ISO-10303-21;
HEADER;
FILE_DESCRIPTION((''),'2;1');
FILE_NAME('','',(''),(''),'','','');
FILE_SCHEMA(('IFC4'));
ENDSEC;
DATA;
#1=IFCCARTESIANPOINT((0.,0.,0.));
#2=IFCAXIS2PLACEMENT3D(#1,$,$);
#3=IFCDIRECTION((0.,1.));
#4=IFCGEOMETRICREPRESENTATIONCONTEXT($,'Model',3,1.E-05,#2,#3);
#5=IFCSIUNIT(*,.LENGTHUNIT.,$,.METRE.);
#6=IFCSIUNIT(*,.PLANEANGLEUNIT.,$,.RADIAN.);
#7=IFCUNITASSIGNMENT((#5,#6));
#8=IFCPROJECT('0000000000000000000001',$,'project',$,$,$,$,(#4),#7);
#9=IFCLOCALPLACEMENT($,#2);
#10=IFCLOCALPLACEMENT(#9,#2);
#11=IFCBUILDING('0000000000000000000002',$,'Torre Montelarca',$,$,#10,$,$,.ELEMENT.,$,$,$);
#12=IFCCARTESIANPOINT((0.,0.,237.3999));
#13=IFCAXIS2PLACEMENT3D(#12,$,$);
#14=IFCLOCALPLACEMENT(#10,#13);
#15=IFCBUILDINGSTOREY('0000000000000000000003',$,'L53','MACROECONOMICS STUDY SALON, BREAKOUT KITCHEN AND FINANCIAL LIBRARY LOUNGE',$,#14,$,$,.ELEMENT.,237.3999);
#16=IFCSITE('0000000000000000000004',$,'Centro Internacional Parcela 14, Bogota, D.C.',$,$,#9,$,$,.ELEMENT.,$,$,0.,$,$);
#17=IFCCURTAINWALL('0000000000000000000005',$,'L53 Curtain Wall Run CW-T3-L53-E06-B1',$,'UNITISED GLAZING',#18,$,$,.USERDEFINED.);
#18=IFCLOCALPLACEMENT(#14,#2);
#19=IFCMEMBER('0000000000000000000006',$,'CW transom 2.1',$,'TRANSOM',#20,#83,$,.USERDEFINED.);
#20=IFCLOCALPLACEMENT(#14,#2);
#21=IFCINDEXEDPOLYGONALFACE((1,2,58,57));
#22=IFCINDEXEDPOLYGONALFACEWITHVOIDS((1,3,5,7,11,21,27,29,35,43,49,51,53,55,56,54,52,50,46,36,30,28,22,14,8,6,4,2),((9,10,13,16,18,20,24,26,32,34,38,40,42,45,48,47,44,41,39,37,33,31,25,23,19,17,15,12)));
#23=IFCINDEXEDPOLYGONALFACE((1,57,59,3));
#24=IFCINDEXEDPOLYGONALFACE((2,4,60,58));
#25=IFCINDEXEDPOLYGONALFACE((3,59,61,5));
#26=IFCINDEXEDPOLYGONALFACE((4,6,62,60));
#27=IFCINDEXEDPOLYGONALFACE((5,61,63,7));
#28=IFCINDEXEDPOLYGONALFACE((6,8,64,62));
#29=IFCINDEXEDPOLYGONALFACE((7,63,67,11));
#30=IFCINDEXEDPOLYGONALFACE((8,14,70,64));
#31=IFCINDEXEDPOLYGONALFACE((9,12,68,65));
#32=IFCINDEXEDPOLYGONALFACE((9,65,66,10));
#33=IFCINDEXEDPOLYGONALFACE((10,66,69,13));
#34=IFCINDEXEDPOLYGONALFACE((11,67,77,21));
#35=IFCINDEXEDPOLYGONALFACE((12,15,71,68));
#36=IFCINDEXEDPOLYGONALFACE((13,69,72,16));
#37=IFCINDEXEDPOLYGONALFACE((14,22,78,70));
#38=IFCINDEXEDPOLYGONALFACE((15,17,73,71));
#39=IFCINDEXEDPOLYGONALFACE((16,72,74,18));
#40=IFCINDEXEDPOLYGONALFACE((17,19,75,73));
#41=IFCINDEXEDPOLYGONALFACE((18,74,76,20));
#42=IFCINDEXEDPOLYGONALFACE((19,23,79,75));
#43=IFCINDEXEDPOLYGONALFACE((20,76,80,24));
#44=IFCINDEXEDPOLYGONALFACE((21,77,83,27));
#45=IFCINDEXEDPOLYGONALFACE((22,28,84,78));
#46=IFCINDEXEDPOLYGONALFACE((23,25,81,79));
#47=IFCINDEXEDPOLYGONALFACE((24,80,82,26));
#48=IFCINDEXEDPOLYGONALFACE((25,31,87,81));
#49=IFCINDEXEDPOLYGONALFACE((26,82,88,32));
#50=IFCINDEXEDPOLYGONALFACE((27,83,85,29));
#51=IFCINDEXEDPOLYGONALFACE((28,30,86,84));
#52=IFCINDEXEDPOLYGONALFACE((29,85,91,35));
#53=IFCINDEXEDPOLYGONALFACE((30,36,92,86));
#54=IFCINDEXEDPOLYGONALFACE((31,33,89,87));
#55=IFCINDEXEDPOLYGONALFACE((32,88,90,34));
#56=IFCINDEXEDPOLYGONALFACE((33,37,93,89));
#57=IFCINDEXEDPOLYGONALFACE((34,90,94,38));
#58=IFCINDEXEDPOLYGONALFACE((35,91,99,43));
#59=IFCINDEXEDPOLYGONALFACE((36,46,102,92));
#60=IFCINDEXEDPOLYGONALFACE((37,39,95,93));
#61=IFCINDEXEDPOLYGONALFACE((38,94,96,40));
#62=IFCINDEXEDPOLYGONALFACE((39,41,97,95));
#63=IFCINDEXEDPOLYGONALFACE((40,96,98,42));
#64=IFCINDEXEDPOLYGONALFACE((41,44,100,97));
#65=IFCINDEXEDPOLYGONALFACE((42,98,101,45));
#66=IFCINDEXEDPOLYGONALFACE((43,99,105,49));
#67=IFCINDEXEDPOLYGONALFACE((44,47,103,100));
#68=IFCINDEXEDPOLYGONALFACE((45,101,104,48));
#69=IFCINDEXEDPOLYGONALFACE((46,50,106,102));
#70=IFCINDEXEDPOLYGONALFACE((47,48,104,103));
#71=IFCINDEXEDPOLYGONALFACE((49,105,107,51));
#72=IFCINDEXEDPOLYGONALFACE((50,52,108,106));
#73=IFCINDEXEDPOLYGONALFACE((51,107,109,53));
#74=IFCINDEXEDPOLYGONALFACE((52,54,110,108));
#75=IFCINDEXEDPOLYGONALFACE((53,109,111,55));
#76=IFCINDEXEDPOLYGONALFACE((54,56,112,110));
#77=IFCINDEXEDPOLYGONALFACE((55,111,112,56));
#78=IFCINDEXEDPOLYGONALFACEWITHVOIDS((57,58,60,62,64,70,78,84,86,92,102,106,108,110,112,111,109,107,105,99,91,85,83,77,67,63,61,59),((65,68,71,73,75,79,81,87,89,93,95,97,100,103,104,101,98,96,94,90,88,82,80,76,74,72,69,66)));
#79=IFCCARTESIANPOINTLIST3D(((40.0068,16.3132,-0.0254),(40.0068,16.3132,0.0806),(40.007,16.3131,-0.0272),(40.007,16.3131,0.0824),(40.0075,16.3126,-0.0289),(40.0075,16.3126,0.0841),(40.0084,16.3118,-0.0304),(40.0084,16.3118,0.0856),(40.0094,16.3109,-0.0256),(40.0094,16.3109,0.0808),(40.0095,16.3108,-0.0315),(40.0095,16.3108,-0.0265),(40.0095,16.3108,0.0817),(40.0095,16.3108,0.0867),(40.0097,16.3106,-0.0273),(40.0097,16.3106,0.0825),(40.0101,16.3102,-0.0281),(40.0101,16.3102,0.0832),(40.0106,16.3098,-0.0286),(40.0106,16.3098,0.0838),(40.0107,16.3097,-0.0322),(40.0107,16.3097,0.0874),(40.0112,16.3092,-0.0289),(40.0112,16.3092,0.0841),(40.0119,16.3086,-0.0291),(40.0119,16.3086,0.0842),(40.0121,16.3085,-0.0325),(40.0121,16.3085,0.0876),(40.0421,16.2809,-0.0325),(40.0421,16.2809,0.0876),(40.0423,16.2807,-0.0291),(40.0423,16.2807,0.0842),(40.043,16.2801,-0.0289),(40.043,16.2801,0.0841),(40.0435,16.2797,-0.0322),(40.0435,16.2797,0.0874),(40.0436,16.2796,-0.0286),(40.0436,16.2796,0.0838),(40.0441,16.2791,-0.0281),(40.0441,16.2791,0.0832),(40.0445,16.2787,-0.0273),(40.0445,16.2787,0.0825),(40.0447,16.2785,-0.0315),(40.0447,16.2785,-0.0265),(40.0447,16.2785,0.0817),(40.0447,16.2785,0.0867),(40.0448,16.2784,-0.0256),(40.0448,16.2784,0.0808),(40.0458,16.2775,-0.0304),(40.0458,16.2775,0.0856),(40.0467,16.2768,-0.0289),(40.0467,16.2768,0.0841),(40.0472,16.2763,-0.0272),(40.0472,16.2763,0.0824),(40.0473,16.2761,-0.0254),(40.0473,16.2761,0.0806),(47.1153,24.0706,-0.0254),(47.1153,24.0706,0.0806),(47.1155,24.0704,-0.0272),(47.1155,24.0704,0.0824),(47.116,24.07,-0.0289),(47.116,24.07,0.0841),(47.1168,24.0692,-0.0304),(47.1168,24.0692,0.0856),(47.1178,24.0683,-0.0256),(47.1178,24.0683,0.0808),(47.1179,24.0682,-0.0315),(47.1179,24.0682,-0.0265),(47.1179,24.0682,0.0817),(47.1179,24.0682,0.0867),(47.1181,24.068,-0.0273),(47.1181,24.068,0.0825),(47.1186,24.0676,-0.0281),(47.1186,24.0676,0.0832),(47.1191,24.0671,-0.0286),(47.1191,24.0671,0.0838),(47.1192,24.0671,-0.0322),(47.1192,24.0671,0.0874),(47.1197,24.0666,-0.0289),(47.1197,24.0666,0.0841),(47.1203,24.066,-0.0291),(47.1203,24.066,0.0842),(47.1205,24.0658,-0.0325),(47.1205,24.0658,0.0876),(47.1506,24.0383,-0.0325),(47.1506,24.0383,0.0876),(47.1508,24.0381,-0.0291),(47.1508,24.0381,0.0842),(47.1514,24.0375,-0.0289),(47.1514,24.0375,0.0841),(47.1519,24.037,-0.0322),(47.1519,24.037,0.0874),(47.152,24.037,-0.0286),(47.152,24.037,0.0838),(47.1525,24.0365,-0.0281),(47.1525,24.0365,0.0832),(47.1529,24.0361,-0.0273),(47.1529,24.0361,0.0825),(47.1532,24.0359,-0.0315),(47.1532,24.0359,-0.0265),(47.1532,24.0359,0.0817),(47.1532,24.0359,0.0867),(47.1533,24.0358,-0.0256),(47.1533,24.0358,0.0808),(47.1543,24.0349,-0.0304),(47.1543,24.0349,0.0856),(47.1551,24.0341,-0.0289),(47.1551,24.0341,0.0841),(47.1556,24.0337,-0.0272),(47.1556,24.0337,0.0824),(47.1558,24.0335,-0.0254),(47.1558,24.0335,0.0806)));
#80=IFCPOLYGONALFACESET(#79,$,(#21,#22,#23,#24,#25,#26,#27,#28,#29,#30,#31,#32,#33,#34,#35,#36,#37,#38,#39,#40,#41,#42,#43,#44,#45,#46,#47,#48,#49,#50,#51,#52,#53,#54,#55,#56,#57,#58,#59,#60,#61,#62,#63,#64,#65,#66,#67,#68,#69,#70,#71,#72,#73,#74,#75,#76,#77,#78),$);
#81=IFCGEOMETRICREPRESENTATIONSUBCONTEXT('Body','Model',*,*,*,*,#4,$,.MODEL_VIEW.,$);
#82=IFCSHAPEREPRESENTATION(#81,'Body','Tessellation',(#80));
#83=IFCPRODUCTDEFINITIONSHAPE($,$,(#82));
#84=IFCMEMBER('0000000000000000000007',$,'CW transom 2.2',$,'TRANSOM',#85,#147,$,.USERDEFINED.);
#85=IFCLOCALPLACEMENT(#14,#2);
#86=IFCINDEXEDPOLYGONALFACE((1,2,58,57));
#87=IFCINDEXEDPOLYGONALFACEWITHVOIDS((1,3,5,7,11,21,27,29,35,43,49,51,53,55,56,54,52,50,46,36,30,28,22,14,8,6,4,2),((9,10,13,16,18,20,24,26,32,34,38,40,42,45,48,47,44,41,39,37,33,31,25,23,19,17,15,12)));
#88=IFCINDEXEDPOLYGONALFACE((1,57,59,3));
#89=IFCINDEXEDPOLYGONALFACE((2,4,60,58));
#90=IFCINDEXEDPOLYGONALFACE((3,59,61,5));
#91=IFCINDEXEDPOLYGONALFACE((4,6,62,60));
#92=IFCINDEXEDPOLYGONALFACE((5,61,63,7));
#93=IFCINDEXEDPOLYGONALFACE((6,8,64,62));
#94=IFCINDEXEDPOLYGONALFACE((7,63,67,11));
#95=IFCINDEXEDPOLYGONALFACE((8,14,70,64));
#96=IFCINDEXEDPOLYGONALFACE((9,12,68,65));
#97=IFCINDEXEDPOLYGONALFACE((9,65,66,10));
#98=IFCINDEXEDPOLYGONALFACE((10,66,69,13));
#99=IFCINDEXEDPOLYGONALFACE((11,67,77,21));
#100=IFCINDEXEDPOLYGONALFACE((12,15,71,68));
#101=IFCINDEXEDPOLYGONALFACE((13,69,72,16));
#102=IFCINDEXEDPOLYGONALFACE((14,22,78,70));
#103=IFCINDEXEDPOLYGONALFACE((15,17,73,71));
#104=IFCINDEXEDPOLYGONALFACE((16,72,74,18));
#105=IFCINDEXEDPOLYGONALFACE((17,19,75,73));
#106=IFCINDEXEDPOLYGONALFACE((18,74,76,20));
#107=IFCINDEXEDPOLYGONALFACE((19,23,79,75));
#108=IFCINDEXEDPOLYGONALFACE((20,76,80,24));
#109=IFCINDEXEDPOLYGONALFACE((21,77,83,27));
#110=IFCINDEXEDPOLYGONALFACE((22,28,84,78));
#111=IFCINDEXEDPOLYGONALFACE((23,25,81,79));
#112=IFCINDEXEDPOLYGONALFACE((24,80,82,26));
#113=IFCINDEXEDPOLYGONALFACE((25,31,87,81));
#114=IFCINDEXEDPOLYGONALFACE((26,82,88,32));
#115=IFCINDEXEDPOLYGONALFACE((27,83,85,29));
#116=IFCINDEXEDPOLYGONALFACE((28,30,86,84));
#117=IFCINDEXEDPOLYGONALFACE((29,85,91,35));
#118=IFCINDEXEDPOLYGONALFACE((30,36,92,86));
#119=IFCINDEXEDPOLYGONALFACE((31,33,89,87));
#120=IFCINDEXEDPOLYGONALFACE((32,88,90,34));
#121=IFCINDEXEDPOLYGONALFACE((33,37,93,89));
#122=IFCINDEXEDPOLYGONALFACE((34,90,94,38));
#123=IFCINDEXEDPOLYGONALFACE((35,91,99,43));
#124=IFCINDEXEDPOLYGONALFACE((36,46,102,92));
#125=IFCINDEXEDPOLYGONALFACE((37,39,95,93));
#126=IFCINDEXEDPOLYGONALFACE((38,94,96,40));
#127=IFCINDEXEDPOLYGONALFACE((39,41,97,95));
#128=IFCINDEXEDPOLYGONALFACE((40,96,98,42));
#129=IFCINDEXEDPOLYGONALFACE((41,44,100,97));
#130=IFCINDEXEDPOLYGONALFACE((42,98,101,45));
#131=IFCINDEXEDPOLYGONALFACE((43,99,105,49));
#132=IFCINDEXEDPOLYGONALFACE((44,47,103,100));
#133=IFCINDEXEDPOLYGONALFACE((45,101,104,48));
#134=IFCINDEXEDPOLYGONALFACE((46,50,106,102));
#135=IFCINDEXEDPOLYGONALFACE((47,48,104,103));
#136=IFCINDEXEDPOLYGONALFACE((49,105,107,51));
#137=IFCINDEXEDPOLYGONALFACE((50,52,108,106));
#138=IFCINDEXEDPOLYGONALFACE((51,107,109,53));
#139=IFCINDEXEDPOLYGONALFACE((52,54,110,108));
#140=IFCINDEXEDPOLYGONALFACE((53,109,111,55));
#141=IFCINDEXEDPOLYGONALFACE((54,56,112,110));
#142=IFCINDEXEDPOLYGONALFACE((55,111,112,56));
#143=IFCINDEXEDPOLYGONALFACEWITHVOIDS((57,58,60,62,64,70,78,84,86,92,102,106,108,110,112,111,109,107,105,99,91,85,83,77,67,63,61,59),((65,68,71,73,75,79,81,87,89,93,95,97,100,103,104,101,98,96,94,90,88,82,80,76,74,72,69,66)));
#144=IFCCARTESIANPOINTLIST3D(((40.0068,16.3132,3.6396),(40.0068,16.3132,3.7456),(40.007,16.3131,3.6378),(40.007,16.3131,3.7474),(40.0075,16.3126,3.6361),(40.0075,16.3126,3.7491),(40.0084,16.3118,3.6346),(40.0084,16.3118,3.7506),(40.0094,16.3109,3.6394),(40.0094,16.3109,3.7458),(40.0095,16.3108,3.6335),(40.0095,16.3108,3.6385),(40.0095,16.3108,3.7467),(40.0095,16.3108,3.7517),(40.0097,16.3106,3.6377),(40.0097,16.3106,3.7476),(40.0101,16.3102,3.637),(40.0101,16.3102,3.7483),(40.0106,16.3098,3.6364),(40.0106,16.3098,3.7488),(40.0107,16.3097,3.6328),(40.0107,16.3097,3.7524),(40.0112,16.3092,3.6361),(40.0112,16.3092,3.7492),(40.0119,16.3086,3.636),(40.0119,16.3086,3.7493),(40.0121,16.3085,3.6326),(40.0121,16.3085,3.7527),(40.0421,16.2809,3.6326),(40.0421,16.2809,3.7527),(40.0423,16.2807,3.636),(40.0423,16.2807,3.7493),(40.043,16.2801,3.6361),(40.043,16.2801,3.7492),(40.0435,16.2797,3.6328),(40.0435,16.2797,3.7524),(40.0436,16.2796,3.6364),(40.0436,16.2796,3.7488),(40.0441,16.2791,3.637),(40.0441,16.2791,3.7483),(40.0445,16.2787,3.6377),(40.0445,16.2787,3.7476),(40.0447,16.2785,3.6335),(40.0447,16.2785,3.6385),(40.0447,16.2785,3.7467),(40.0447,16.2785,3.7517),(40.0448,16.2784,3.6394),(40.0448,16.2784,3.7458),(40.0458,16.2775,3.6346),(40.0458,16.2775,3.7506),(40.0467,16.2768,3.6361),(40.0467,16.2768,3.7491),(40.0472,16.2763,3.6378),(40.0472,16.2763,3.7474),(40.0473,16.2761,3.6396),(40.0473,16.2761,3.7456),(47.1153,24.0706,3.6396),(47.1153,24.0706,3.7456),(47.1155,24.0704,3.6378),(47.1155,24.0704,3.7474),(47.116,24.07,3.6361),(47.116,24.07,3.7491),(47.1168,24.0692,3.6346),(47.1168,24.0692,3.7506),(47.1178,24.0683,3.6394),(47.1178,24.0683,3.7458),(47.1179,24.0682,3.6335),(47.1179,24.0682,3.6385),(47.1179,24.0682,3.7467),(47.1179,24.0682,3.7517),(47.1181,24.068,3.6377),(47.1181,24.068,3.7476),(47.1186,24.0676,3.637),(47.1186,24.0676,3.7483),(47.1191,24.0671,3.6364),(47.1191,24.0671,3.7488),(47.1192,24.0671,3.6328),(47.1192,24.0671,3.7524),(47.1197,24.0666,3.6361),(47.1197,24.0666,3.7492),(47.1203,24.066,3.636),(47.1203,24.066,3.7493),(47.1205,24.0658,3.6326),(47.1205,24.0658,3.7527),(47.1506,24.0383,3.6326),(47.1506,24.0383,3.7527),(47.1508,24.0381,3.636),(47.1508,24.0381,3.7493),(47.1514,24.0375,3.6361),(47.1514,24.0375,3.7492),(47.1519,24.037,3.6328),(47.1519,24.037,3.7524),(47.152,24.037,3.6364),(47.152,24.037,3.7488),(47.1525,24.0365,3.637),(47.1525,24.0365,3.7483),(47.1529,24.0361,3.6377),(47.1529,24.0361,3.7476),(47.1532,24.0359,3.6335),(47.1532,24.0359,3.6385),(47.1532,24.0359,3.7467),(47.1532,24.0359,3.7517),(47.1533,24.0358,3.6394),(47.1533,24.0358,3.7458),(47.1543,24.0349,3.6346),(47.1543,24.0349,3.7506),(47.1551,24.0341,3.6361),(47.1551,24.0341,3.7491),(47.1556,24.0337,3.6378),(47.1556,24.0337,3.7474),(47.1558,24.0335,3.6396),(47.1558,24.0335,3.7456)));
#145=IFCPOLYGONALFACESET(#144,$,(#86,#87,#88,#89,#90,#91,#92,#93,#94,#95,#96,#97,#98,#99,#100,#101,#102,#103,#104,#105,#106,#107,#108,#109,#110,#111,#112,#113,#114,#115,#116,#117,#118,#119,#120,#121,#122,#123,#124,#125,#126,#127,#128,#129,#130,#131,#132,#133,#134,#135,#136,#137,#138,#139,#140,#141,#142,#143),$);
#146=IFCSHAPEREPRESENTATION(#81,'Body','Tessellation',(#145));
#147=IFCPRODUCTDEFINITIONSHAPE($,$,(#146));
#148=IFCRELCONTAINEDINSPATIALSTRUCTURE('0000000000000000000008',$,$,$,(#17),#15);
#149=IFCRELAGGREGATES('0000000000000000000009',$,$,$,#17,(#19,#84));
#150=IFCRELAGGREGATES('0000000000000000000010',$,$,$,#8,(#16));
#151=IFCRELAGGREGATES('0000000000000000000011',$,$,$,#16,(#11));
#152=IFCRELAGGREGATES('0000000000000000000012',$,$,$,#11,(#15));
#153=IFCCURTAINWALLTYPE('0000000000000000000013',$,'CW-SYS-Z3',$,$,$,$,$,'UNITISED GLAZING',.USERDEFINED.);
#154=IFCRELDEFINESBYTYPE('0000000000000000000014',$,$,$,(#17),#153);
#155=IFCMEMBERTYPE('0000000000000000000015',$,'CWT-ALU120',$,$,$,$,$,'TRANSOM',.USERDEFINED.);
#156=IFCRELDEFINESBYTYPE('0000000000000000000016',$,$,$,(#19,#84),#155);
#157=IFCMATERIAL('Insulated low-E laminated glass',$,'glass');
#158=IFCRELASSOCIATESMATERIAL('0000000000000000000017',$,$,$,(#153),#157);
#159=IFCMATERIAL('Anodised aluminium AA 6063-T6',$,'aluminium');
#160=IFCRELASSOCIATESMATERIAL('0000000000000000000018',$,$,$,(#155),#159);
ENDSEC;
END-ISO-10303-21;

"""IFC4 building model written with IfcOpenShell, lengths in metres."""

from ifc_helpers import new_model, si_unit, direction, frame, origin, origin_2d, place, context, subcontext, project, spatial, hollow_rectangle, extrude, source, transform, mapped, material, material_profile, profile_set, type_object, element, aggregate, save


model = new_model("IFC4")

# Units and contexts
model_context = context("Model", 3, precision=1e-05, world=origin(), true_north=direction((0.0, 1.0)))
body_context = subcontext(model_context, "Body", "Model", "MODEL_VIEW")
ifc_project = project(units=[si_unit("LENGTHUNIT", "METRE"), si_unit("PLANEANGLEUNIT", "RADIAN")], contexts=[model_context])

# Site, building, storey
site_placement = place(None, origin())
site = spatial("IfcSite", under=ifc_project, at=site_placement, Name="Centro Internacional Parcela 14, Bogota, D.C.", CompositionType="ELEMENT", RefElevation=0.0)
building_placement = place(site_placement, origin())
building = spatial("IfcBuilding", under=site, at=building_placement, Name="Torre Montelarca", CompositionType="ELEMENT")
storey_placement = place(building_placement, frame((0.0, 0.0, 237.3999)))
storey = spatial("IfcBuildingStorey", under=building, at=storey_placement, Name="L53", Description="MACROECONOMICS STUDY SALON, BREAKOUT KITCHEN AND FINANCIAL LIBRARY LOUNGE", CompositionType="ELEMENT", Elevation=237.3999)

# Curtain wall, members
ifc_material_1 = material(Name="Insulated low-E laminated glass", Category="glass")
curtain_wall_type = type_object("IfcCurtainWallType", Name="CW-SYS-Z3", ElementType="UNITISED GLAZING", PredefinedType="USERDEFINED", material=ifc_material_1)
ifc_material_2 = material(Name="Anodised aluminium AA 6063-T6", Category="aluminium")
ifc_material_profile_1 = material_profile(ifc_material_2, hollow_rectangle(XDim=0.0549, YDim=0.1201, WallThickness=0.0034, InnerFilletRadius=0.0034, OuterFilletRadius=0.0071, at=origin_2d()), Name="ALU55X120X3.5", Category="aluminium")
ifc_profile_set_1 = profile_set([ifc_material_profile_1], Name="Anodised aluminium AA 6063-T6")
member_type_1 = type_object("IfcMemberType", Name="CWT-ALU120", ElementType="TRANSOM", PredefinedType="USERDEFINED", material=ifc_profile_set_1)
curtain_wall_1_placement = place(storey_placement, origin())
curtain_wall_1 = element("IfcCurtainWall", 1, at=curtain_wall_1_placement, inside=storey, type_object=curtain_wall_type, Name="L53 Curtain Wall Run CW-T3-L53-E06-B1", ObjectType="UNITISED GLAZING", PredefinedType="USERDEFINED")
shared_shape_1 = source(origin(), body_context, "Body", "SweptSolid", [
    extrude(hollow_rectangle(XDim=0.0549, YDim=0.1201, WallThickness=0.0034, InnerFilletRadius=0.0034, OuterFilletRadius=0.0071, at=origin_2d()), origin(), (0.0, 0.0, 1.0), 10.5217),
])
member_1_placement = place(storey_placement, frame((40.0271, 16.2947, 0.0276), z_axis=(0.675596, 0.737272, 0.0), x_axis=(-0.737272, 0.675596, 0.0)))
member_1 = element("IfcMember", 2, at=member_1_placement, type_object=member_type_1, Name="CW transom 2.1", ObjectType="TRANSOM", PredefinedType="USERDEFINED", context=body_context, shape_type="MappedRepresentation", body=[
    mapped(shared_shape_1, transform((0.0, 0.0, 0.0), scale=1.0)),
])
member_2_placement = place(storey_placement, frame((40.0271, 16.2947, 3.6926), z_axis=(0.675596, 0.737272, 0.0), x_axis=(-0.737272, 0.675596, 0.0)))
member_2 = element("IfcMember", 3, at=member_2_placement, type_object=member_type_1, Name="CW transom 2.2", ObjectType="TRANSOM", PredefinedType="USERDEFINED", context=body_context, shape_type="MappedRepresentation", body=[
    mapped(shared_shape_1, transform((0.0, 0.0, 0.0), scale=1.0)),
])

aggregate(curtain_wall_1, [member_1, member_2])

save(model, "model.ifc")
